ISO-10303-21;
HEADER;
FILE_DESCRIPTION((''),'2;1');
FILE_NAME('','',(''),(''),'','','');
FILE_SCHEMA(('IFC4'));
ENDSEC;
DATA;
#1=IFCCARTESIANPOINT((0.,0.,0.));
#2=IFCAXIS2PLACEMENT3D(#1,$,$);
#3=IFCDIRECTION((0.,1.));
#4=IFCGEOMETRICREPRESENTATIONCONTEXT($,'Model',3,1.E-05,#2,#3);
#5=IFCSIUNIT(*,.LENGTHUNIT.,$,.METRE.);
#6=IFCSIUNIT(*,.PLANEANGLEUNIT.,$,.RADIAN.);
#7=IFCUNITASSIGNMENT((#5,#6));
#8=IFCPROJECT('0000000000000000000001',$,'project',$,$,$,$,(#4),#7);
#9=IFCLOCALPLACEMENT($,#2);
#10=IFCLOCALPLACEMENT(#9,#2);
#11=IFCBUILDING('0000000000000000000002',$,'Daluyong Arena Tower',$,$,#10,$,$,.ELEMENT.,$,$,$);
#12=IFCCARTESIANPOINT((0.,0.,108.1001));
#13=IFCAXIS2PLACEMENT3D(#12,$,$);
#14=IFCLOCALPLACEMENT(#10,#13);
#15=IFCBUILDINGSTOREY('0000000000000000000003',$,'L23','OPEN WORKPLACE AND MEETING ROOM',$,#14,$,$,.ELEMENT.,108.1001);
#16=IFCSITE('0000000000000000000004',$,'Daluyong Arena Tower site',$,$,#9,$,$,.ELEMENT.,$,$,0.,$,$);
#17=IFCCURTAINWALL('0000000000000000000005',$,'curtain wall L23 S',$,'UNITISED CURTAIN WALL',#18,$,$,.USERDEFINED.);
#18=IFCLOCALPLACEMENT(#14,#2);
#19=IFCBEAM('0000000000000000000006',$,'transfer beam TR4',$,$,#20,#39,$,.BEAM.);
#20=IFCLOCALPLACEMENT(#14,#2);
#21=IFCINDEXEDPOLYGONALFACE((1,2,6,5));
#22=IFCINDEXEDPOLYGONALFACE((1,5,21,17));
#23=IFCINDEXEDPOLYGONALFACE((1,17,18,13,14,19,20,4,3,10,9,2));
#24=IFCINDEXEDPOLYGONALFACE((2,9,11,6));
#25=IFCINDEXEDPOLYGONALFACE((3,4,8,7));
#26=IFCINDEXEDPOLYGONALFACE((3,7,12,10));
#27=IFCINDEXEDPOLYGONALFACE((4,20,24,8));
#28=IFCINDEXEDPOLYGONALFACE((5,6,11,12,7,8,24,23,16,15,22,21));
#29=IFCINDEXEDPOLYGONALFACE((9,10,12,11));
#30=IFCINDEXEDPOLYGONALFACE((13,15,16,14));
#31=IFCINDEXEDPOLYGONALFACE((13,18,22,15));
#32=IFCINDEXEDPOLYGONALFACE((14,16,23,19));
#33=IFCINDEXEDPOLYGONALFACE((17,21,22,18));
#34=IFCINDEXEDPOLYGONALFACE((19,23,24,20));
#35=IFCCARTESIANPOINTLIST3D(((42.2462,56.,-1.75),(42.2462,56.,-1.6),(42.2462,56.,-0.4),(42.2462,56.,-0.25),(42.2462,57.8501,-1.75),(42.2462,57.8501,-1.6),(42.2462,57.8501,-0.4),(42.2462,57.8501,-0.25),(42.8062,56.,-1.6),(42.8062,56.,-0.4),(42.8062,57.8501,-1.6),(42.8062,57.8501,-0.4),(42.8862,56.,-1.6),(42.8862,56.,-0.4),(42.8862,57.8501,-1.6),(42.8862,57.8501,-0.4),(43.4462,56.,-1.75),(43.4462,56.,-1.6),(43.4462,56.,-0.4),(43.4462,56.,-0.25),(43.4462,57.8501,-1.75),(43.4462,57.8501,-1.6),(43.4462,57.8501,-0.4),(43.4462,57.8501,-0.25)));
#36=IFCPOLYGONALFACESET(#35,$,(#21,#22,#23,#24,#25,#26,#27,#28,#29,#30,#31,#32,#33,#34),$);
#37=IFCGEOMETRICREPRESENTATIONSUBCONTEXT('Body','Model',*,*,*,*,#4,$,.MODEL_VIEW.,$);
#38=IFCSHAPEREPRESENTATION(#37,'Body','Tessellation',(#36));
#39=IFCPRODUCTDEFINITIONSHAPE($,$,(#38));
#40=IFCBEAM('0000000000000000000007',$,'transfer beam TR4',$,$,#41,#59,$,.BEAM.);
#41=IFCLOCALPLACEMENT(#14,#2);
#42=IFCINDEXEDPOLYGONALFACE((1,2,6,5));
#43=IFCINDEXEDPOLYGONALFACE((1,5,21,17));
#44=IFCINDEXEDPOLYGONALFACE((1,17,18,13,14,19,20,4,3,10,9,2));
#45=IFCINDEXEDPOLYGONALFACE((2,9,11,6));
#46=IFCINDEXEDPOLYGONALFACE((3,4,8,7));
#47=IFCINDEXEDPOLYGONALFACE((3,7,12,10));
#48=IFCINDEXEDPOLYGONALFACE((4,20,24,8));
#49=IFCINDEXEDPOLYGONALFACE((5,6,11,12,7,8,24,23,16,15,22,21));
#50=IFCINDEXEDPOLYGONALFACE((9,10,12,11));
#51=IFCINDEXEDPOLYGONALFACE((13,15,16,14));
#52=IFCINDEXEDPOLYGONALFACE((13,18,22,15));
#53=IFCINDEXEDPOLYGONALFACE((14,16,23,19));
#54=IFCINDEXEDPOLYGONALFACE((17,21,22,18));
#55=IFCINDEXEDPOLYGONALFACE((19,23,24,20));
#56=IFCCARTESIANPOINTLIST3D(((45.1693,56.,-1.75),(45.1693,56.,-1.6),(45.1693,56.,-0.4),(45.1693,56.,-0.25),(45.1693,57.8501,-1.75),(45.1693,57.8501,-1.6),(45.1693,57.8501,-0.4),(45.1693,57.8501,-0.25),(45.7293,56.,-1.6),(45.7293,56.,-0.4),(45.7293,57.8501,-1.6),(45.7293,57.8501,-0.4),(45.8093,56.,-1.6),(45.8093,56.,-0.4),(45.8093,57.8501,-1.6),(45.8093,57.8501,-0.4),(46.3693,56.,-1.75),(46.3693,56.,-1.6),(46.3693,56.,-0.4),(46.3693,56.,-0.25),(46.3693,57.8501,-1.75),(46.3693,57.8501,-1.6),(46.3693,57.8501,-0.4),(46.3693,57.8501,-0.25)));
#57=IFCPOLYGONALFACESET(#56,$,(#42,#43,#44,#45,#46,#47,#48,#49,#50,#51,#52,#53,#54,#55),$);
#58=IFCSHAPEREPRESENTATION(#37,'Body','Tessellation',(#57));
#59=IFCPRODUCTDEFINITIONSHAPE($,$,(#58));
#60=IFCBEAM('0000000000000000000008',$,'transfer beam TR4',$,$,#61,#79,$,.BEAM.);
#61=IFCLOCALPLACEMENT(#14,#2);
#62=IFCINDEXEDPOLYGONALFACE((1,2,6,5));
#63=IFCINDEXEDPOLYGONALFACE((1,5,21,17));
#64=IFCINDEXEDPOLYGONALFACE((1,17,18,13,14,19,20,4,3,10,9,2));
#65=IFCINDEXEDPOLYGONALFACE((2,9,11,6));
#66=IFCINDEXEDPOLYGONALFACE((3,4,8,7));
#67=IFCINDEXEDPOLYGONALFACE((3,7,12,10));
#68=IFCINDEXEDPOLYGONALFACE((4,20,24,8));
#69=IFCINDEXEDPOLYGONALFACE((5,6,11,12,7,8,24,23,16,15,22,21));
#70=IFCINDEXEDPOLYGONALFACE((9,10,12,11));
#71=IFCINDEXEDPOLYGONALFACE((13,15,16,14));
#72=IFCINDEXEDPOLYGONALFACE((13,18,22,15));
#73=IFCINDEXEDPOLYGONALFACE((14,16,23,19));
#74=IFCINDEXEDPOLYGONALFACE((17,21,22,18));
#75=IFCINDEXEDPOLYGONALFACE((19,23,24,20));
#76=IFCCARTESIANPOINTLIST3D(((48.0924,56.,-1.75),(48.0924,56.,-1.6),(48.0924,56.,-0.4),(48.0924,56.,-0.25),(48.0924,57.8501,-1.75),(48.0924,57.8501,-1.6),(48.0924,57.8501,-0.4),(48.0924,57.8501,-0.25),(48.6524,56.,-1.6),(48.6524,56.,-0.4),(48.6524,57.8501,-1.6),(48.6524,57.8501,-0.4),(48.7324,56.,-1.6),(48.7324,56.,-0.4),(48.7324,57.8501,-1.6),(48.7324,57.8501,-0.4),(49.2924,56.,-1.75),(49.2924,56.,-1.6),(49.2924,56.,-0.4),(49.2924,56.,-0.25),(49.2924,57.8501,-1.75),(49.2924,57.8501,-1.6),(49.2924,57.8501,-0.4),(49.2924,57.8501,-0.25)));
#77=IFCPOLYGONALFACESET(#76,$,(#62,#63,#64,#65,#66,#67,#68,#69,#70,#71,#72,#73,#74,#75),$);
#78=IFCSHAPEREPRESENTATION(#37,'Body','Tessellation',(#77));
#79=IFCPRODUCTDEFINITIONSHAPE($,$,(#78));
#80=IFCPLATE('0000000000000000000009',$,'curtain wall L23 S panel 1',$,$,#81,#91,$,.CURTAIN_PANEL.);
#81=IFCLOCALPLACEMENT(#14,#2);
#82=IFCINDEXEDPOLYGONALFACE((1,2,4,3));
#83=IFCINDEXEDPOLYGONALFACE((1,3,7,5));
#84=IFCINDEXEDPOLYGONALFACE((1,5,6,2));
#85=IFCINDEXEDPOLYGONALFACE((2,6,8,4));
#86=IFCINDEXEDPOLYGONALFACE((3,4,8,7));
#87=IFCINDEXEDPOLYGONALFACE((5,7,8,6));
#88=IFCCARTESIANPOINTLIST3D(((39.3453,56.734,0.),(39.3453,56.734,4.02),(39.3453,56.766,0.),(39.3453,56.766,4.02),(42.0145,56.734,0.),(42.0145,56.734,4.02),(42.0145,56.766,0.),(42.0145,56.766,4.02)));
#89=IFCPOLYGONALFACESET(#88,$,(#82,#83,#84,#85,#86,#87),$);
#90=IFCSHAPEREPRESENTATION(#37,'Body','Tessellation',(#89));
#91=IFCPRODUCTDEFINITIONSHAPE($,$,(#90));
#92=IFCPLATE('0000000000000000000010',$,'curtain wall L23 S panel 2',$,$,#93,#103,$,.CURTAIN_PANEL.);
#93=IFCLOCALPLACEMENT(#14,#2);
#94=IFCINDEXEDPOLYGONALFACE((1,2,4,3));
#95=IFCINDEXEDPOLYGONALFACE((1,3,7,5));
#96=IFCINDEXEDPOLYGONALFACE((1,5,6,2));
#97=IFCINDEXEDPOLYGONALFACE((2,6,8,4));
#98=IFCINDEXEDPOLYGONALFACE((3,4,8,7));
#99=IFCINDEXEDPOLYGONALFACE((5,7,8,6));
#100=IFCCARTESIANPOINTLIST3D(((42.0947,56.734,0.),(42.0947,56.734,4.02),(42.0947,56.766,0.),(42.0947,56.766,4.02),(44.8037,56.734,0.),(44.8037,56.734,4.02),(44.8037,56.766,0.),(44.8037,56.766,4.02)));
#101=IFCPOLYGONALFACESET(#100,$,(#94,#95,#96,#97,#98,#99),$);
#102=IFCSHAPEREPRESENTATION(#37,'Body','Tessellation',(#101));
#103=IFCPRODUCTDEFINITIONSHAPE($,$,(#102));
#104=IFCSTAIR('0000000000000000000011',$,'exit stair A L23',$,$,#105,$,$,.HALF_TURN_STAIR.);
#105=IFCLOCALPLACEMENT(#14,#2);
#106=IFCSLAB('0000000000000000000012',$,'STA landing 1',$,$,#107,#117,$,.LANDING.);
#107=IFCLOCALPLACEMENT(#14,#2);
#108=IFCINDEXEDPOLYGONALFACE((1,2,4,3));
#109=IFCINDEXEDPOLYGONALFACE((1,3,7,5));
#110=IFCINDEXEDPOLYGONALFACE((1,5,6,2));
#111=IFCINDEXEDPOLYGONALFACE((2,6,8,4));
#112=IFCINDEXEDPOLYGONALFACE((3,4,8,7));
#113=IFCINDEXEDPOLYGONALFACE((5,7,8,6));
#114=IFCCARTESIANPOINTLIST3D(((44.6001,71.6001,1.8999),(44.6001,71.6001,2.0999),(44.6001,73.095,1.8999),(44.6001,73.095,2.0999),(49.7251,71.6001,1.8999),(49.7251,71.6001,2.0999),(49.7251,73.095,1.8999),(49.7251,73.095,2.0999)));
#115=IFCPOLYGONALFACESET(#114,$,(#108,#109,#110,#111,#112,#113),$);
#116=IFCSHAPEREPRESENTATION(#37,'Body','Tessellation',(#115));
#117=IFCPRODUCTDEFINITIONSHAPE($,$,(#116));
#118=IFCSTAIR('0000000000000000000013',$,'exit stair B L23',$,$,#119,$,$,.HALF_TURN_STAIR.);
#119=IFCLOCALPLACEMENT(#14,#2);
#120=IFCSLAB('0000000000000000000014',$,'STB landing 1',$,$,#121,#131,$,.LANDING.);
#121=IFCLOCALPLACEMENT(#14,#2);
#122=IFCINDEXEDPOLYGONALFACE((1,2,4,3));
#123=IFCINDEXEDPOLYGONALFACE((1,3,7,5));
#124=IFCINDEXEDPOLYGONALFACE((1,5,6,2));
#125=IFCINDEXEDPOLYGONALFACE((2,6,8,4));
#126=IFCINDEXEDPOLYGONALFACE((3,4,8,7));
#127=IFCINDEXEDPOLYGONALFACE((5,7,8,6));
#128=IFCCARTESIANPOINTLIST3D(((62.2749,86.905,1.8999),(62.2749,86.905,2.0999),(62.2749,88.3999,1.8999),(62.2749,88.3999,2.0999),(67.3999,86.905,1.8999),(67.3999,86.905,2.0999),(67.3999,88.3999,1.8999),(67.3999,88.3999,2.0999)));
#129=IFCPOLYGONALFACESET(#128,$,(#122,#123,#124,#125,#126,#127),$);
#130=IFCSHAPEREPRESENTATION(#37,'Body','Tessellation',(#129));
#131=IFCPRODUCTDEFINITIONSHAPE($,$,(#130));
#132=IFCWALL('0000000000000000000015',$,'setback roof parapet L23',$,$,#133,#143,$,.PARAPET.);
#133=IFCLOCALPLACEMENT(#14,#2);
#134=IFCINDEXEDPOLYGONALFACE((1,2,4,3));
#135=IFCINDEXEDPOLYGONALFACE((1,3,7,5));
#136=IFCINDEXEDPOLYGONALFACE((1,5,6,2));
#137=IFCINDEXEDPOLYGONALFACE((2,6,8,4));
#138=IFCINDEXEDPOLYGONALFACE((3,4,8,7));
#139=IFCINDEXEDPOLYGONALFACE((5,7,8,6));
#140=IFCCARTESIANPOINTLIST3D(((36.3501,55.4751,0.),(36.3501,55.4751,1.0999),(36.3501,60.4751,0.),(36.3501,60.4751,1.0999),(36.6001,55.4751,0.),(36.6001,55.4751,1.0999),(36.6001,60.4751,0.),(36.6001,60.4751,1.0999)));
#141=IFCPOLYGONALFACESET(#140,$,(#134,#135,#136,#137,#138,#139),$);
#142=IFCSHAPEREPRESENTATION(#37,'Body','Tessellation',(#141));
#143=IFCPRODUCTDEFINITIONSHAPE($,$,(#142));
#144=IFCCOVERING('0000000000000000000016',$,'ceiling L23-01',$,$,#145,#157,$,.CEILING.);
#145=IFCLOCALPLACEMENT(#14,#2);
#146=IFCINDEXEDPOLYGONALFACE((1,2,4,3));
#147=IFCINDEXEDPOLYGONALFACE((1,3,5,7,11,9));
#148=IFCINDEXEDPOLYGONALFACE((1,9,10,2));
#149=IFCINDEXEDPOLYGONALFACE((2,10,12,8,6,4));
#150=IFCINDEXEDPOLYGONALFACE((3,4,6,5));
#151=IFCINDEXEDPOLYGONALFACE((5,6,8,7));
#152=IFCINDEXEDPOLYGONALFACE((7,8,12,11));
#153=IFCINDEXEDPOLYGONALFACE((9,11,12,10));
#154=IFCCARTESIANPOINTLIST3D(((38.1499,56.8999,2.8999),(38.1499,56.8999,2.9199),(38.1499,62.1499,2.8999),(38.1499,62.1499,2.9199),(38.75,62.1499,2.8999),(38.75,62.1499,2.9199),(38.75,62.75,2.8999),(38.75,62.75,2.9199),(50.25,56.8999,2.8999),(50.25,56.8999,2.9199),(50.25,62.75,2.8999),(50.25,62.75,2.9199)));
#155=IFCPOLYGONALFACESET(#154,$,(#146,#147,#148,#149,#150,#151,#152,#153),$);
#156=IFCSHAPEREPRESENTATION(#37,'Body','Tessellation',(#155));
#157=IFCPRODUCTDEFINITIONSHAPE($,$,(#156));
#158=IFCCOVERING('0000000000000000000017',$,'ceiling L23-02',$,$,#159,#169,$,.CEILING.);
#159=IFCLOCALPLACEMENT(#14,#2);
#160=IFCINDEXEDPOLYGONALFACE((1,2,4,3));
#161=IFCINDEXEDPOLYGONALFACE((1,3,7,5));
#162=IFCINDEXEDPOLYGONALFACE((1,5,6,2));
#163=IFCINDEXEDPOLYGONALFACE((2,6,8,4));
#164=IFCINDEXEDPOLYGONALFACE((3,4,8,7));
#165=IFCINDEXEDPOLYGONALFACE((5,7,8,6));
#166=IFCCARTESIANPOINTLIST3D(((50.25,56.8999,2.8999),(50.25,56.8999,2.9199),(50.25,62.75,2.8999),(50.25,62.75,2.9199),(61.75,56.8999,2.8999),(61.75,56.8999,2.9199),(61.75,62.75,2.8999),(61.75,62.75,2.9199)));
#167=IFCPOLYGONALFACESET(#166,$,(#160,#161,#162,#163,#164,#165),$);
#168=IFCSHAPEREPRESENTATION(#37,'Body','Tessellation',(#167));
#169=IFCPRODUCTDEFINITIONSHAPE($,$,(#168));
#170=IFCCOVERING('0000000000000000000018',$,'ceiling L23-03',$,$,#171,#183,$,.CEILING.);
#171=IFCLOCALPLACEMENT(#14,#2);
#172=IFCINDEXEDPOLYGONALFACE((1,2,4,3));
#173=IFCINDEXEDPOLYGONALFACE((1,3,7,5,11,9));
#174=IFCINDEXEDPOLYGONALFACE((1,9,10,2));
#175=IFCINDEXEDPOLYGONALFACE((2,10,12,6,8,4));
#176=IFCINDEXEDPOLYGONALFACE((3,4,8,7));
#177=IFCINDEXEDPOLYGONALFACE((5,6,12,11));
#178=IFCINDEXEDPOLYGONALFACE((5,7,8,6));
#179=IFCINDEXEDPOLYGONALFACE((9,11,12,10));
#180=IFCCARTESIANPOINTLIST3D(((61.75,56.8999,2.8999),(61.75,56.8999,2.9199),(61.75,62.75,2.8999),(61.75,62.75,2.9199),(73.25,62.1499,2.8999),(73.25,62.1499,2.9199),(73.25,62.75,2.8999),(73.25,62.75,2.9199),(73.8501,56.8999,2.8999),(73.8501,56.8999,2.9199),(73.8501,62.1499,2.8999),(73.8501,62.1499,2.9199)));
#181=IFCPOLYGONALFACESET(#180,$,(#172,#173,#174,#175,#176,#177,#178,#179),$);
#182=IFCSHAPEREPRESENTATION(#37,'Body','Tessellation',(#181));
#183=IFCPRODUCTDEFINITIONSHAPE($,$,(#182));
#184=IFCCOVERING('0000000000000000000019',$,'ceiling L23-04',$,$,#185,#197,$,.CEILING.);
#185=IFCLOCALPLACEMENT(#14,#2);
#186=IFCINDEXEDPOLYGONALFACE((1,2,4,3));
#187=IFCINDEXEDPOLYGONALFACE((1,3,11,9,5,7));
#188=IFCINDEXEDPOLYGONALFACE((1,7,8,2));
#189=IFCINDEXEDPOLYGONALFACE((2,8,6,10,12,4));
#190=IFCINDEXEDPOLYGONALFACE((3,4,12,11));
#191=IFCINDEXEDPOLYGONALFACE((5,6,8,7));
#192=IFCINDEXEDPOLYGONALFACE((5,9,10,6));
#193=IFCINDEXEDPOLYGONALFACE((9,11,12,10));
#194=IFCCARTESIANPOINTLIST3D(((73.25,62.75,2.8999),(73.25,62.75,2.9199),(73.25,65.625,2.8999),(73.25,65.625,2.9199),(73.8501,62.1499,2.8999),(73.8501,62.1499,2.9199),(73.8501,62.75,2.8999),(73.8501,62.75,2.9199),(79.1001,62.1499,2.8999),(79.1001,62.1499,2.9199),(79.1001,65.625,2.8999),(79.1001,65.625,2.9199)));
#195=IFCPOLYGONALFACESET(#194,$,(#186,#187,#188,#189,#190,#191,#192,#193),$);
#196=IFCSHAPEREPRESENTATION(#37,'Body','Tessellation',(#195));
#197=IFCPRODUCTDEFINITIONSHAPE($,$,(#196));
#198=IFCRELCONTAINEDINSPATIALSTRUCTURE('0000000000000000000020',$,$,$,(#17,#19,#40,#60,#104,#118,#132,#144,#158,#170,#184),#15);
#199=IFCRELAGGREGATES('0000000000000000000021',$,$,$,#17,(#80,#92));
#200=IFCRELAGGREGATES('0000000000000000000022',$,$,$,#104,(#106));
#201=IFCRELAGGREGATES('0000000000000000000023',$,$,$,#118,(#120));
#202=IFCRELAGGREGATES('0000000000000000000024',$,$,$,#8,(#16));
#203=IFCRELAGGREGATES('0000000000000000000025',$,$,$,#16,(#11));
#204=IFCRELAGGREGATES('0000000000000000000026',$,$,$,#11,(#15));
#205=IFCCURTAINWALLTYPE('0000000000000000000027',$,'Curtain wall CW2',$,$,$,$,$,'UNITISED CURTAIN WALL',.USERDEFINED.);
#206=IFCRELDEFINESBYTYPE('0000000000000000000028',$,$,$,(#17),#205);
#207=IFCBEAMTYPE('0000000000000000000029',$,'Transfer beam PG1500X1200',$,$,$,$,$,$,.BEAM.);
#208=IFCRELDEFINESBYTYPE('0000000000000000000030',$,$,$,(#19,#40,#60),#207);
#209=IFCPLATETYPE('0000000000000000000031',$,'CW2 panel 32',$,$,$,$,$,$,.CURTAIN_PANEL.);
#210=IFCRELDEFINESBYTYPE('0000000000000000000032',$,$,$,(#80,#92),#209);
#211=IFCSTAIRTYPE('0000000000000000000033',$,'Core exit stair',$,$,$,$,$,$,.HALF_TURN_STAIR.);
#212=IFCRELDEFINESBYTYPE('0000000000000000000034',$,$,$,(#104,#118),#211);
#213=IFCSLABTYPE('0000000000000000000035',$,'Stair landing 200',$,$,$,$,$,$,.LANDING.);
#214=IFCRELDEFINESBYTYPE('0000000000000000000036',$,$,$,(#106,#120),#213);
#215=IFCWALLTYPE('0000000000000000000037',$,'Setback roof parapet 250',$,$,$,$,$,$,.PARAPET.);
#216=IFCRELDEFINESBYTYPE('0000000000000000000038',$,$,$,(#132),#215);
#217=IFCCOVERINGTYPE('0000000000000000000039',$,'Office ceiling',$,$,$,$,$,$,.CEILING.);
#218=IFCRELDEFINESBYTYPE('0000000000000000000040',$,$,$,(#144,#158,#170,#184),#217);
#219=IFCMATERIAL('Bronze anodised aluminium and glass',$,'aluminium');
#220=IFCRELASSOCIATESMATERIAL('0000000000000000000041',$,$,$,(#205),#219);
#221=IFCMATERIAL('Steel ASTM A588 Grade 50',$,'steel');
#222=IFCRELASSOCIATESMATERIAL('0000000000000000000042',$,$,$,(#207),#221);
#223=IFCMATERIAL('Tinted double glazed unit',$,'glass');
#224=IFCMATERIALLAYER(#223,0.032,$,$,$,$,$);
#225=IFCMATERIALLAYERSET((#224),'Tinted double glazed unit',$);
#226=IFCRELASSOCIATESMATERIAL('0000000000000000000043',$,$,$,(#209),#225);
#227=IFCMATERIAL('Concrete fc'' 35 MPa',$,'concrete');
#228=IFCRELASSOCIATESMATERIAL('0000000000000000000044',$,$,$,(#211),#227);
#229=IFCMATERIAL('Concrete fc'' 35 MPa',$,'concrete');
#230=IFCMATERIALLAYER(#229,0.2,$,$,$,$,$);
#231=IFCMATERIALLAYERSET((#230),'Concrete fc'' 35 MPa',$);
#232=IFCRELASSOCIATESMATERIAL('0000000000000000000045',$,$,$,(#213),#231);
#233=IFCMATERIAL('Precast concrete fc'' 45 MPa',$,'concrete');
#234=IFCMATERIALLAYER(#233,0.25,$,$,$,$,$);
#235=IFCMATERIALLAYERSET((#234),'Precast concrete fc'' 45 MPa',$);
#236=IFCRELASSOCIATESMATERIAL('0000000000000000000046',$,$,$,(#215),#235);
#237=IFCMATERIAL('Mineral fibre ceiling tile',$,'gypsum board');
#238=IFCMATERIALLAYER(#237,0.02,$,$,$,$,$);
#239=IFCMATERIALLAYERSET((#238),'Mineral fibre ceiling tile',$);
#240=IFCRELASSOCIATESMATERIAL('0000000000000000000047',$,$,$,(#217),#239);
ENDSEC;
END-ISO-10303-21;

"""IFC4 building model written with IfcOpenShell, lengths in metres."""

from ifc_helpers import new_model, si_unit, direction, frame, frame_2d, origin, origin_2d, place, context, subcontext, project, spatial, polyline, rectangle, i_section, outline, extrude, material, layer, layer_set, material_profile, profile_set, type_object, element, aggregate, save


model = new_model("IFC4")

# Units and contexts
model_context = context("Model", 3, precision=1e-05, world=origin(), true_north=direction((0.0, 1.0)))
body_context = subcontext(model_context, "Body", "Model", "MODEL_VIEW")
ifc_project = project(units=[si_unit("LENGTHUNIT", "METRE"), si_unit("PLANEANGLEUNIT", "RADIAN")], contexts=[model_context])

# Site, building, storey
site_placement = place(None, origin())
site = spatial("IfcSite", under=ifc_project, at=site_placement, Name="Daluyong Arena Tower site", CompositionType="ELEMENT", RefElevation=0.0)
building_placement = place(site_placement, origin())
building = spatial("IfcBuilding", under=site, at=building_placement, Name="Daluyong Arena Tower", CompositionType="ELEMENT")
storey_placement = place(building_placement, frame((0.0, 0.0, 108.1001)))
storey = spatial("IfcBuildingStorey", under=building, at=storey_placement, Name="L23", Description="OPEN WORKPLACE AND MEETING ROOM", CompositionType="ELEMENT", Elevation=108.1001)

# Curtain wall
ifc_material_1 = material(Name="Bronze anodised aluminium and glass", Category="aluminium")
curtain_wall_type = type_object("IfcCurtainWallType", Name="Curtain wall CW2", ElementType="UNITISED CURTAIN WALL", PredefinedType="USERDEFINED", material=ifc_material_1)
curtain_wall_placement = place(storey_placement, origin())
curtain_wall = element("IfcCurtainWall", 1, at=curtain_wall_placement, inside=storey, type_object=curtain_wall_type, Name="curtain wall L23 S", ObjectType="UNITISED CURTAIN WALL", PredefinedType="USERDEFINED")

# Beams
ifc_material_2 = material(Name="Steel ASTM A588 Grade 50", Category="steel")
ifc_material_profile_1 = material_profile(ifc_material_2, i_section(OverallWidth=1.2, OverallDepth=1.5, WebThickness=0.08, FlangeThickness=0.15, at=origin_2d()))
ifc_profile_set_1 = profile_set([ifc_material_profile_1], Name="Steel ASTM A588 Grade 50")
beam_type_1 = type_object("IfcBeamType", Name="Transfer beam PG1500X1200", PredefinedType="BEAM", material=ifc_profile_set_1)
for number, where, z_axis, x_axis, name in (
    (2, (42.8462, 56.0, -1.0), (0.0, 1.0, 0.0), (-1.0, 0.0, 0.0), "transfer beam TR4"),
    (3, (45.7693, 56.0, -1.0), (0.0, 1.0, 0.0), (-1.0, 0.0, 0.0), "transfer beam TR4"),
    (4, (48.6924, 56.0, -1.0), (0.0, 1.0, 0.0), (-1.0, 0.0, 0.0), "transfer beam TR4"),
):
    element("IfcBeam", number, at=place(storey_placement, frame(where, z_axis=z_axis, x_axis=x_axis)), inside=storey, type_object=beam_type_1, Name=name, PredefinedType="BEAM", context=body_context, shape_type="SweptSolid", body=[
        extrude(i_section(OverallWidth=1.2, OverallDepth=1.5, WebThickness=0.08, FlangeThickness=0.15, at=origin_2d()), origin(), (0.0, 0.0, 1.0), 1.8501),
    ])

# Plates
ifc_material_3 = material(Name="Tinted double glazed unit", Category="glass")
ifc_layer_1 = layer(ifc_material_3, 0.032)
ifc_layer_set_1 = layer_set([ifc_layer_1], Name="Tinted double glazed unit")
plate_type = type_object("IfcPlateType", Name="CW2 panel 32", PredefinedType="CURTAIN_PANEL", material=ifc_layer_set_1)
plate_1_placement = place(storey_placement, frame((40.6799, 56.75, 0.0), z_axis=(0.0, 0.0, 1.0), x_axis=(1.0, 0.0, 0.0)))
plate_1 = element("IfcPlate", 5, at=plate_1_placement, type_object=plate_type, Name="curtain wall L23 S panel 1", PredefinedType="CURTAIN_PANEL", context=body_context, shape_type="SweptSolid", body=[
    extrude(rectangle(XDim=2.6692, YDim=0.032, at=origin_2d()), origin(), (0.0, 0.0, 1.0), 4.02),
])
plate_2_placement = place(storey_placement, frame((43.4492, 56.75, 0.0), z_axis=(0.0, 0.0, 1.0), x_axis=(1.0, 0.0, 0.0)))
plate_2 = element("IfcPlate", 6, at=plate_2_placement, type_object=plate_type, Name="curtain wall L23 S panel 2", PredefinedType="CURTAIN_PANEL", context=body_context, shape_type="SweptSolid", body=[
    extrude(rectangle(XDim=2.709, YDim=0.032, at=origin_2d()), origin(), (0.0, 0.0, 1.0), 4.02),
])
aggregate(curtain_wall, [plate_1, plate_2])

# Stairs, slabs
ifc_material_4 = material(Name="Concrete fc' 35 MPa", Category="concrete")
stair_type = type_object("IfcStairType", Name="Core exit stair", PredefinedType="HALF_TURN_STAIR", material=ifc_material_4)
stair_1_placement = place(storey_placement, origin())
stair_1 = element("IfcStair", 7, at=stair_1_placement, inside=storey, type_object=stair_type, Name="exit stair A L23", PredefinedType="HALF_TURN_STAIR")
ifc_material_5 = material(Name="Concrete fc' 35 MPa", Category="concrete")
ifc_layer_2 = layer(ifc_material_5, 0.2)
ifc_layer_set_2 = layer_set([ifc_layer_2], Name="Concrete fc' 35 MPa")
slab_type = type_object("IfcSlabType", Name="Stair landing 200", PredefinedType="LANDING", material=ifc_layer_set_2)
slab_1_placement = place(storey_placement, frame((0.0, 0.0, 1.8999)))
slab_1 = element("IfcSlab", 8, at=slab_1_placement, type_object=slab_type, Name="STA landing 1", PredefinedType="LANDING", context=body_context, shape_type="SweptSolid", body=[
    extrude(outline(polyline([(44.6001, 71.6001), (49.7251, 71.6001), (49.7251, 73.095), (44.6001, 73.095), (44.6001, 71.6001)])), origin(), (0.0, 0.0, 1.0), 0.2),
])
aggregate(stair_1, [slab_1])
stair_2_placement = place(storey_placement, origin())
stair_2 = element("IfcStair", 9, at=stair_2_placement, inside=storey, type_object=stair_type, Name="exit stair B L23", PredefinedType="HALF_TURN_STAIR")
slab_2_placement = place(storey_placement, frame((0.0, 0.0, 1.8999)))
slab_2 = element("IfcSlab", 10, at=slab_2_placement, type_object=slab_type, Name="STB landing 1", PredefinedType="LANDING", context=body_context, shape_type="SweptSolid", body=[
    extrude(outline(polyline([(62.2749, 86.905), (67.3999, 86.905), (67.3999, 88.3999), (62.2749, 88.3999), (62.2749, 86.905)])), origin(), (0.0, 0.0, 1.0), 0.2),
])
aggregate(stair_2, [slab_2])

# Wall
ifc_material_6 = material(Name="Precast concrete fc' 45 MPa", Category="concrete")
ifc_layer_3 = layer(ifc_material_6, 0.25)
ifc_layer_set_3 = layer_set([ifc_layer_3], Name="Precast concrete fc' 45 MPa")
wall_type = type_object("IfcWallType", Name="Setback roof parapet 250", PredefinedType="PARAPET", material=ifc_layer_set_3)
wall_placement = place(storey_placement, frame((36.4751, 55.4751, 0.0), z_axis=(0.0, 0.0, 1.0), x_axis=(0.0, 1.0, 0.0)))
element("IfcWall", 11, at=wall_placement, inside=storey, type_object=wall_type, Name="setback roof parapet L23", PredefinedType="PARAPET", context=body_context, shape_type="SweptSolid", body=[
    extrude(rectangle(XDim=5.0, YDim=0.25, at=frame_2d((2.5, 0.0))), origin(), (0.0, 0.0, 1.0), 1.0999),
])

# Coverings
ifc_material_7 = material(Name="Mineral fibre ceiling tile", Category="gypsum board")
ifc_layer_4 = layer(ifc_material_7, 0.02)
ifc_layer_set_4 = layer_set([ifc_layer_4], Name="Mineral fibre ceiling tile")
covering_type_1 = type_object("IfcCoveringType", Name="Office ceiling", PredefinedType="CEILING", material=ifc_layer_set_4)
covering_1_placement = place(storey_placement, frame((0.0, 0.0, 2.8999)))
element("IfcCovering", 12, at=covering_1_placement, inside=storey, type_object=covering_type_1, Name="ceiling L23-01", PredefinedType="CEILING", context=body_context, shape_type="SweptSolid", body=[
    extrude(outline(polyline([(38.1499, 62.1499), (38.1499, 56.8999), (50.25, 56.8999), (50.25, 62.75), (38.75, 62.75), (38.75, 62.1499), (38.1499, 62.1499)])), origin(), (0.0, 0.0, 1.0), 0.02),
])
covering_2_placement = place(storey_placement, frame((0.0, 0.0, 2.8999)))
element("IfcCovering", 13, at=covering_2_placement, inside=storey, type_object=covering_type_1, Name="ceiling L23-02", PredefinedType="CEILING", context=body_context, shape_type="SweptSolid", body=[
    extrude(outline(polyline([(50.25, 62.75), (50.25, 56.8999), (61.75, 56.8999), (61.75, 62.75), (50.25, 62.75)])), origin(), (0.0, 0.0, 1.0), 0.02),
])
covering_3_placement = place(storey_placement, frame((0.0, 0.0, 2.8999)))
element("IfcCovering", 14, at=covering_3_placement, inside=storey, type_object=covering_type_1, Name="ceiling L23-03", PredefinedType="CEILING", context=body_context, shape_type="SweptSolid", body=[
    extrude(outline(polyline([(73.8501, 56.8999), (73.8501, 62.1499), (73.25, 62.1499), (73.25, 62.75), (61.75, 62.75), (61.75, 56.8999), (73.8501, 56.8999)])), origin(), (0.0, 0.0, 1.0), 0.02),
])
covering_4_placement = place(storey_placement, frame((0.0, 0.0, 2.8999)))
element("IfcCovering", 15, at=covering_4_placement, inside=storey, type_object=covering_type_1, Name="ceiling L23-04", PredefinedType="CEILING", context=body_context, shape_type="SweptSolid", body=[
    extrude(outline(polyline([(73.8501, 62.1499), (79.1001, 62.1499), (79.1001, 65.625), (73.25, 65.625), (73.25, 62.75), (73.8501, 62.75), (73.8501, 62.1499)])), origin(), (0.0, 0.0, 1.0), 0.02),
])

save(model, "model.ifc")
